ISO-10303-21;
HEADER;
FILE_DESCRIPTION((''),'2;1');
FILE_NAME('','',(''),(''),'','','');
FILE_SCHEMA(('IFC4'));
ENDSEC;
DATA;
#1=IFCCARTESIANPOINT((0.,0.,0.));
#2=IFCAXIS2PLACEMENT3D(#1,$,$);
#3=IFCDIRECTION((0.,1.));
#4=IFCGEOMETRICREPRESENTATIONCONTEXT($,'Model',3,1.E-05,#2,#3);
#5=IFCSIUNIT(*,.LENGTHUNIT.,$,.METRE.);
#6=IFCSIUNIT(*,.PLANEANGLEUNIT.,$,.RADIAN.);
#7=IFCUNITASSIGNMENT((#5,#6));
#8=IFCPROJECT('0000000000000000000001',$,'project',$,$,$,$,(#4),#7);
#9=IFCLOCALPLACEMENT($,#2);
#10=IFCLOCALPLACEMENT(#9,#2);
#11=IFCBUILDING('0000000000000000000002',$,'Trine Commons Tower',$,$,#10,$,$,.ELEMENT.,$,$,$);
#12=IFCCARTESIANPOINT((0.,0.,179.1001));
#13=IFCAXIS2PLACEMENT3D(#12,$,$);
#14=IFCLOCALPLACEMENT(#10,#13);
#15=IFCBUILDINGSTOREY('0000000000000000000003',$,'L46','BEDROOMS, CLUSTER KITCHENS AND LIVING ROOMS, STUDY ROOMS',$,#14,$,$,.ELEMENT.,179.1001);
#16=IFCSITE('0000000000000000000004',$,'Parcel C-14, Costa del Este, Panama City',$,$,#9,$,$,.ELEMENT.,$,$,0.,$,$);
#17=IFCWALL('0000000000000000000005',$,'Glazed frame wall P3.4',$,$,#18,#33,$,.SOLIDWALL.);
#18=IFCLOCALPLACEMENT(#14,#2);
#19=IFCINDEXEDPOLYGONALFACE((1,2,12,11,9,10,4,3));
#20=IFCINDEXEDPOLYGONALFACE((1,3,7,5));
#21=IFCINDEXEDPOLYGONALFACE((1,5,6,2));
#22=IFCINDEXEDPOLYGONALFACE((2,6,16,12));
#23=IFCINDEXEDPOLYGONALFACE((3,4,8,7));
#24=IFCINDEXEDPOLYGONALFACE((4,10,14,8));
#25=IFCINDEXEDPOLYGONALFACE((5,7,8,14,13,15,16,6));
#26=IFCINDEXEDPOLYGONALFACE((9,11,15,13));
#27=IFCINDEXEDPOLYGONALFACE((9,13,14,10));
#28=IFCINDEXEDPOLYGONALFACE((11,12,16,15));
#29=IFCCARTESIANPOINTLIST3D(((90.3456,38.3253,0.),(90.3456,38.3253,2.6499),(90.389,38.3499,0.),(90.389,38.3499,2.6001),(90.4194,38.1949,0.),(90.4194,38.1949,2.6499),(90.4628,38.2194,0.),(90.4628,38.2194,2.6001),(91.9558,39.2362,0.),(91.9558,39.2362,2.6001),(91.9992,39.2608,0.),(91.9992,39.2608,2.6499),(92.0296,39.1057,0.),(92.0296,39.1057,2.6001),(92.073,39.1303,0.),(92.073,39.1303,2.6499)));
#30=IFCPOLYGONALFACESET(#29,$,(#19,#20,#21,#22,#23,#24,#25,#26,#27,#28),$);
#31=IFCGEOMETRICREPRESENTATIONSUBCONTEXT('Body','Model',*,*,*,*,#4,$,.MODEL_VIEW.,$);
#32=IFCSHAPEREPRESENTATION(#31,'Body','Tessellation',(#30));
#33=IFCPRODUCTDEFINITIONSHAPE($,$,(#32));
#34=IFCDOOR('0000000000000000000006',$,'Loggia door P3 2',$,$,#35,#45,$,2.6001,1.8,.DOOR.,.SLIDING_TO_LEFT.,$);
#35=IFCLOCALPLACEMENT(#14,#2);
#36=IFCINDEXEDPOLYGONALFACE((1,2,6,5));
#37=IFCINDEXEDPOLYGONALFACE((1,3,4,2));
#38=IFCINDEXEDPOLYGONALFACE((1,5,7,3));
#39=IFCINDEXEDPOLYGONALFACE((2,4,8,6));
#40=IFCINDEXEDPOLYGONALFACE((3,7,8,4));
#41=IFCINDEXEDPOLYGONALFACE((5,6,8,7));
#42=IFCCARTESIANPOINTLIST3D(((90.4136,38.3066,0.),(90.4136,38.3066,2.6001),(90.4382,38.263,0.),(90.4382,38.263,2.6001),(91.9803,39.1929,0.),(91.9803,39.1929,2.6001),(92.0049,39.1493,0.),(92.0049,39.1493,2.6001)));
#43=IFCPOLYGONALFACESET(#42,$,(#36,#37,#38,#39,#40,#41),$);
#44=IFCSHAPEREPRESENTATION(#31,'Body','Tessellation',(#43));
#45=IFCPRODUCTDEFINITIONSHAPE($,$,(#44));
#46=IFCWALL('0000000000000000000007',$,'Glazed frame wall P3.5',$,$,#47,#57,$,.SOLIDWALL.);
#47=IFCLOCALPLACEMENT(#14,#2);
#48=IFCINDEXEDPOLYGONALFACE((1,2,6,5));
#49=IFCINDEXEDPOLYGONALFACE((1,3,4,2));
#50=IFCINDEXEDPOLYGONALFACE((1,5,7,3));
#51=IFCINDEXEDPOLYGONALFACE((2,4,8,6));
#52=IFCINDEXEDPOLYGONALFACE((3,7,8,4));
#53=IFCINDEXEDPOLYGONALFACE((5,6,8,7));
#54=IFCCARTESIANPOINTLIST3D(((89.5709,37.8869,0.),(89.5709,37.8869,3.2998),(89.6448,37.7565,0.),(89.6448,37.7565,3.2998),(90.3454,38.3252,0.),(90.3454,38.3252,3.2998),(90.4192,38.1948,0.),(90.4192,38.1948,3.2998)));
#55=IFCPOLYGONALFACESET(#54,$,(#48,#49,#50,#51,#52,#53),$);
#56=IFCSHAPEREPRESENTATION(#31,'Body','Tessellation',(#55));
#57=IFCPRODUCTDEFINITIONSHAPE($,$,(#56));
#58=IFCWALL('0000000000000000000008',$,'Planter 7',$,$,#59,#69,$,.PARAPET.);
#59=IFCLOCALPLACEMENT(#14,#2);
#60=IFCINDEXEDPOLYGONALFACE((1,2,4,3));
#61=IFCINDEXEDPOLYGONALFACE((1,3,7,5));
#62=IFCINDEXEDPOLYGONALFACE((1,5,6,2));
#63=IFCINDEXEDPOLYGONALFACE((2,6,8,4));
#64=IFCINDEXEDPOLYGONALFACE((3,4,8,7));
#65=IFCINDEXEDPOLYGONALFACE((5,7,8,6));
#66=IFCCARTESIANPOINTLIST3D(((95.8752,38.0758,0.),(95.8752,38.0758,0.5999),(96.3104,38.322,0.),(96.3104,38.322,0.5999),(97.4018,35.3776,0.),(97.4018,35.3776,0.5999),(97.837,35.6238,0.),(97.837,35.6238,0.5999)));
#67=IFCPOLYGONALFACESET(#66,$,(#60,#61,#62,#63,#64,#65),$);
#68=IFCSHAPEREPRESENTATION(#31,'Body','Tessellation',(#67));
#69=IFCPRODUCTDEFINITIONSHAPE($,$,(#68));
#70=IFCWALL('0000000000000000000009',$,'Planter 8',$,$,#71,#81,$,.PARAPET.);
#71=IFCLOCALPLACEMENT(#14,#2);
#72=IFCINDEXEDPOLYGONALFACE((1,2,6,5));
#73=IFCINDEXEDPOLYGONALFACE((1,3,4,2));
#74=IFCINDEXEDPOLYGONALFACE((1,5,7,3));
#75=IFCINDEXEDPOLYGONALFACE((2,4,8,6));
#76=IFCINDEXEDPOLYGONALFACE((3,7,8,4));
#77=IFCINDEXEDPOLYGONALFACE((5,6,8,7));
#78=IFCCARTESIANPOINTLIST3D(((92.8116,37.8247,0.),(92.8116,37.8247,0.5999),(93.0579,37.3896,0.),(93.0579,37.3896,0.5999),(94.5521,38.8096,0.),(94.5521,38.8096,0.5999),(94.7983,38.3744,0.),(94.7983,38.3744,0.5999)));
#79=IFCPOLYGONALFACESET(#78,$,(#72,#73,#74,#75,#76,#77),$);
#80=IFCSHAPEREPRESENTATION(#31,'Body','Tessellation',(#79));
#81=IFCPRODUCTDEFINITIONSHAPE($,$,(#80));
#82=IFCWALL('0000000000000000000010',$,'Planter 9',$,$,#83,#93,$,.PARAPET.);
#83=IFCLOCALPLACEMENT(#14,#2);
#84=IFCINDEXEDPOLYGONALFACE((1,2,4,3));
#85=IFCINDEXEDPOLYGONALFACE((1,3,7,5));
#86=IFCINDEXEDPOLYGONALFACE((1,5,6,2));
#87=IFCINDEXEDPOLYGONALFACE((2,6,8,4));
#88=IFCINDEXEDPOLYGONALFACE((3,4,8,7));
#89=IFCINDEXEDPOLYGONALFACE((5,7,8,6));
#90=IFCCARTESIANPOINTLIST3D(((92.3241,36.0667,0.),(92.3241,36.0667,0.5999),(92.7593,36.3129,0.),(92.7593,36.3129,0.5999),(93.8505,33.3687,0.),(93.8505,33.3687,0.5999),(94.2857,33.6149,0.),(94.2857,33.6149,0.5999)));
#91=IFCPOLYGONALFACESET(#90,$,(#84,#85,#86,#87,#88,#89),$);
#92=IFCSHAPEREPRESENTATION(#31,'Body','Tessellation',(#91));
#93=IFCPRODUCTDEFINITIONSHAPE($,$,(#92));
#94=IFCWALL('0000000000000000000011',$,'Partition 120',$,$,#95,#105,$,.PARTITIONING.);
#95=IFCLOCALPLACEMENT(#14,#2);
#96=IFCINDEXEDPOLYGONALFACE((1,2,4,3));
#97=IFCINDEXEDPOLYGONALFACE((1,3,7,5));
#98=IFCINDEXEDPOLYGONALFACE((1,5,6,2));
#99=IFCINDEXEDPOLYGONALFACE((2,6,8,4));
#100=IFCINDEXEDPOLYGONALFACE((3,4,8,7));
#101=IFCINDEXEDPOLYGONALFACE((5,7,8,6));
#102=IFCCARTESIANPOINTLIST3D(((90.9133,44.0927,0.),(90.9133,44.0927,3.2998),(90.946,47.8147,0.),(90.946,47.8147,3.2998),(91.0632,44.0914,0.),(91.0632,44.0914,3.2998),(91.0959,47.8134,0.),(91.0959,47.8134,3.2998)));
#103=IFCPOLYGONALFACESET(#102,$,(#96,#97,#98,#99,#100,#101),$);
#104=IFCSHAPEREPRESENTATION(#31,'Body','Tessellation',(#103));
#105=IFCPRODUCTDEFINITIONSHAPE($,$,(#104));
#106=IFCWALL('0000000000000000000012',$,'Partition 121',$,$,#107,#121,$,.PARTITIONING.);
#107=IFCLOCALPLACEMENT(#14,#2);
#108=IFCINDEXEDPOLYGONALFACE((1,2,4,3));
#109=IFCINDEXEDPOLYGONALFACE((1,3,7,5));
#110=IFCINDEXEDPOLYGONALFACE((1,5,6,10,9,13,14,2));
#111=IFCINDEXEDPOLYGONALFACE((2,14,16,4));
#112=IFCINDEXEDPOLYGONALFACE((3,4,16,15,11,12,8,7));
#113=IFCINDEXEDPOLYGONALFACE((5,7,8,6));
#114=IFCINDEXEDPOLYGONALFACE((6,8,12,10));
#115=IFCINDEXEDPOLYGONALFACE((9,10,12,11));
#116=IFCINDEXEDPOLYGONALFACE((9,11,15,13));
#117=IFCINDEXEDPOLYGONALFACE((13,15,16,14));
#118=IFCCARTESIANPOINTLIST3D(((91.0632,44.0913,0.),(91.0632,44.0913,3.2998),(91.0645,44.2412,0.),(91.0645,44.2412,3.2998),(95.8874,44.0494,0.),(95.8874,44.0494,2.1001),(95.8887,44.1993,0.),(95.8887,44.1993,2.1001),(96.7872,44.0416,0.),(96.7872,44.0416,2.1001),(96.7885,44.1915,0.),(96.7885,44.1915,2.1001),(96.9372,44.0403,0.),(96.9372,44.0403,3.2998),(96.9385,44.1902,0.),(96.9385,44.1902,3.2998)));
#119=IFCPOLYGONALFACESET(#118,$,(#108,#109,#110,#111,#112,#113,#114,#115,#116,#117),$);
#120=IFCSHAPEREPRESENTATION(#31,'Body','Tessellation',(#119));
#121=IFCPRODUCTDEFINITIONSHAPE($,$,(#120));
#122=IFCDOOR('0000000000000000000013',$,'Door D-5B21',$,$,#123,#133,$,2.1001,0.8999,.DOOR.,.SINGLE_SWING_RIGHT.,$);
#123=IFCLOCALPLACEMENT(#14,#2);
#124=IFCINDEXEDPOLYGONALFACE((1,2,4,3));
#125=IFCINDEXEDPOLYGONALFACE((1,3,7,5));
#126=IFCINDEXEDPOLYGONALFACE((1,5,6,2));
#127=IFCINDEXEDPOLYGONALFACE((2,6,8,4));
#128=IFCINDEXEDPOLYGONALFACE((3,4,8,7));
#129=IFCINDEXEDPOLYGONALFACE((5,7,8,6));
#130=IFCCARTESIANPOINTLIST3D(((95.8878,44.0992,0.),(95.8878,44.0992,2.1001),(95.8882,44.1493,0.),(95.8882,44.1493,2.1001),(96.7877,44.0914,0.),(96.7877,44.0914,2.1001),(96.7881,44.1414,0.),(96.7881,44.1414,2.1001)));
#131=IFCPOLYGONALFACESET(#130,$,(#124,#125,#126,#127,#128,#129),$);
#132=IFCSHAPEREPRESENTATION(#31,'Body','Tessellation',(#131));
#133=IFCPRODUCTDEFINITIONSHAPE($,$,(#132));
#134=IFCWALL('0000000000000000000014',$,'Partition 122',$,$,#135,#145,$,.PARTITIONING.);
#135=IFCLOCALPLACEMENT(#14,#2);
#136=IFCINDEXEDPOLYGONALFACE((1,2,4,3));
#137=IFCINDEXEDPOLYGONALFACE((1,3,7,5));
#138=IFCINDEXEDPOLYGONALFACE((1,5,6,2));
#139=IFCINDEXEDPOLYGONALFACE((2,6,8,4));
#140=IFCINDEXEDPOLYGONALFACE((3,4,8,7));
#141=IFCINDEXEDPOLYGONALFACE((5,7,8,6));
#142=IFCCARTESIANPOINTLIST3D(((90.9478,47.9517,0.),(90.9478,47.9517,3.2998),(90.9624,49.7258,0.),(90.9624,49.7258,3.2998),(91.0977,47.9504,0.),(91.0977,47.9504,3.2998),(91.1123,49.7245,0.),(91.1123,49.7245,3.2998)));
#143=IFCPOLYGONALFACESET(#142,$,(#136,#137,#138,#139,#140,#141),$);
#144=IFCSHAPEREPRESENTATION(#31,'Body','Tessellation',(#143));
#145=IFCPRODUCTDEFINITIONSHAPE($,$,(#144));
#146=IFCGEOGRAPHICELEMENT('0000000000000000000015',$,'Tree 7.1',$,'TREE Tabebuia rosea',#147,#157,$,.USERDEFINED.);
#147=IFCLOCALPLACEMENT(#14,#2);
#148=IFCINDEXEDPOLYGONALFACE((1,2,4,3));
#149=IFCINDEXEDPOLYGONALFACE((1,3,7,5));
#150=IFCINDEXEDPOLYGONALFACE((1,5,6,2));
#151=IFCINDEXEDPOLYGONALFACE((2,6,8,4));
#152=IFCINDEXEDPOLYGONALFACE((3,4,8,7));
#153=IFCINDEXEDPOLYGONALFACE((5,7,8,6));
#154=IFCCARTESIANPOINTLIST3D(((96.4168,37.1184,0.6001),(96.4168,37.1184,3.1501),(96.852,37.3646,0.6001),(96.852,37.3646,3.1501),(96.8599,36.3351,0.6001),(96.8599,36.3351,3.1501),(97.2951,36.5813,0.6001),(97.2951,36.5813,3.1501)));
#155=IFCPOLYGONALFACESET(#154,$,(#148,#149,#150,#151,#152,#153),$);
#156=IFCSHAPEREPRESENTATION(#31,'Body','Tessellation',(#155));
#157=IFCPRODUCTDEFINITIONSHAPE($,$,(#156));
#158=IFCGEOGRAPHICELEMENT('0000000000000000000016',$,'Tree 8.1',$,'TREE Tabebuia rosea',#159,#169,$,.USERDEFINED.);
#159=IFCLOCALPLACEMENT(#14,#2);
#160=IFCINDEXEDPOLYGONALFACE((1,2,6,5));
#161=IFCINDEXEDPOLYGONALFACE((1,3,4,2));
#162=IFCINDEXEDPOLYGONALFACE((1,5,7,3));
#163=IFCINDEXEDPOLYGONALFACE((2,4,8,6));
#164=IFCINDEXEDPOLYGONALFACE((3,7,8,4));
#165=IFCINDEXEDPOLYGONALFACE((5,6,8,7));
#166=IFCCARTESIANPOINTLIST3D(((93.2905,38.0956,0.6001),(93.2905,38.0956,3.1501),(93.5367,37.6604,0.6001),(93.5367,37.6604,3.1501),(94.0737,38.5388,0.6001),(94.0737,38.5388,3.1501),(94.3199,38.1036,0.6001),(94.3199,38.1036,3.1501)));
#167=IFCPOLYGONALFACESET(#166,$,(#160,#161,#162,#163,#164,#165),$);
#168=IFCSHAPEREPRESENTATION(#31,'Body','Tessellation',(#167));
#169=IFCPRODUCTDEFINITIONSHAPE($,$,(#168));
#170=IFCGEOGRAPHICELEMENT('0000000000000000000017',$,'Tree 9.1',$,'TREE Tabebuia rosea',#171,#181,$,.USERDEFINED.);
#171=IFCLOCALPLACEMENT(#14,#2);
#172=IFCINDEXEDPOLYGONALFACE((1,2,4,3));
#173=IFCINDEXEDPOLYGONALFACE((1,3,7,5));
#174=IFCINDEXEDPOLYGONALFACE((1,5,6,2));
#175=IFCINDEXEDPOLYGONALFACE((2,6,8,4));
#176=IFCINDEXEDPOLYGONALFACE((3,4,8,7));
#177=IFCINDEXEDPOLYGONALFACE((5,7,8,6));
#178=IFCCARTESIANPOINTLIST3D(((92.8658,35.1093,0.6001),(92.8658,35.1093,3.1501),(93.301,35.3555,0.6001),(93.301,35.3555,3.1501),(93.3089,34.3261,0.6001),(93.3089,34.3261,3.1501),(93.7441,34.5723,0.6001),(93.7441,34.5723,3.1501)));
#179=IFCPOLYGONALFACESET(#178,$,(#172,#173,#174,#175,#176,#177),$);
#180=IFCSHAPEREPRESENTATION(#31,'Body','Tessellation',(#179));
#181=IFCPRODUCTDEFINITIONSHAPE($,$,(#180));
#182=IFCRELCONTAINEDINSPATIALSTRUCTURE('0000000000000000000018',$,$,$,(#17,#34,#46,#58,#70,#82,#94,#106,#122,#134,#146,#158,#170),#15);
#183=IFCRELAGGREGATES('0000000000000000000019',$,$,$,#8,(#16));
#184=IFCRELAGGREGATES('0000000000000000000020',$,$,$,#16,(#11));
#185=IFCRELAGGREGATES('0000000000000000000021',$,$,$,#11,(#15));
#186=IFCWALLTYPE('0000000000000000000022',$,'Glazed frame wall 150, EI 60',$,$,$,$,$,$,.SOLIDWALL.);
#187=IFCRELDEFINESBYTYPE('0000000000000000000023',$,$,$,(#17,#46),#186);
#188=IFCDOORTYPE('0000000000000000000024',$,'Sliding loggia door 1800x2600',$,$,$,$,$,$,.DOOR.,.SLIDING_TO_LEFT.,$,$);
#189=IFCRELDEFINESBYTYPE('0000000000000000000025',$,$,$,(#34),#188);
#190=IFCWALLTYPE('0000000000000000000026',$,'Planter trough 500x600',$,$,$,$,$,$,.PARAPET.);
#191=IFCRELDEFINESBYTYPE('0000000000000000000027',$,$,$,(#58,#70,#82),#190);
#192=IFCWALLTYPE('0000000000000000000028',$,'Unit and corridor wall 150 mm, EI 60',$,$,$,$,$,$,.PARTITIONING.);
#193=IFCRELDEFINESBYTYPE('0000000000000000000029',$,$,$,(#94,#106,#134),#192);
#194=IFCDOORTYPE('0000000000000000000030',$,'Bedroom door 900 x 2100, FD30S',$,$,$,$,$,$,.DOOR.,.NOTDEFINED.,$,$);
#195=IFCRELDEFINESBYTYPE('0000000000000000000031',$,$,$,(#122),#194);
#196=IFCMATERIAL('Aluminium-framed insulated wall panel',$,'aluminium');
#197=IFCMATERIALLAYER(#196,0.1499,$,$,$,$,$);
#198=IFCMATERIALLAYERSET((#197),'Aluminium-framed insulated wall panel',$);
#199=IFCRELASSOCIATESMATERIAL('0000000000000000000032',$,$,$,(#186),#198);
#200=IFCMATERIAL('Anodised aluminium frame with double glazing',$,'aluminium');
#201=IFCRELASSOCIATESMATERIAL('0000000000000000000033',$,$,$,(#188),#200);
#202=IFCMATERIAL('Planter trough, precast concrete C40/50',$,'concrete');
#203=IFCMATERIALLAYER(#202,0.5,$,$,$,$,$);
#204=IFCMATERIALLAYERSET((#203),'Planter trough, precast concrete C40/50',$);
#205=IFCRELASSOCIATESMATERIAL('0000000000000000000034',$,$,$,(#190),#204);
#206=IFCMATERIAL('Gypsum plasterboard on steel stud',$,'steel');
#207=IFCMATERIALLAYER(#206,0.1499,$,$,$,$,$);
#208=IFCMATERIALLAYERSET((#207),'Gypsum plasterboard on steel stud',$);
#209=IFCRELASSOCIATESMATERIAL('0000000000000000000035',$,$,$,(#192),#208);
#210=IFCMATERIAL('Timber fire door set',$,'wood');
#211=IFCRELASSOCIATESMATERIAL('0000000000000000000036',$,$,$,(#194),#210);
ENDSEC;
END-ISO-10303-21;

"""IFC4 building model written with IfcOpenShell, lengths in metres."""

from ifc_helpers import new_model, si_unit, direction, frame, frame_2d, origin, origin_2d, place, context, subcontext, project, spatial, polyline, rectangle, outline, extrude, material, layer, layer_set, type_object, element, fill, save


model = new_model("IFC4")

# Units and contexts
model_context = context("Model", 3, precision=1e-05, world=origin(), true_north=direction((0.0, 1.0)))
body_context = subcontext(model_context, "Body", "Model", "MODEL_VIEW")
ifc_project = project(units=[si_unit("LENGTHUNIT", "METRE"), si_unit("PLANEANGLEUNIT", "RADIAN")], contexts=[model_context])

# Site, building, storey
site_placement = place(None, origin())
site = spatial("IfcSite", under=ifc_project, at=site_placement, Name="Parcel C-14, Costa del Este, Panama City", CompositionType="ELEMENT", RefElevation=0.0)
building_placement = place(site_placement, origin())
building = spatial("IfcBuilding", under=site, at=building_placement, Name="Trine Commons Tower", CompositionType="ELEMENT")
storey_placement = place(building_placement, frame((0.0, 0.0, 179.1001)))
storey = spatial("IfcBuildingStorey", under=building, at=storey_placement, Name="L46", Description="BEDROOMS, CLUSTER KITCHENS AND LIVING ROOMS, STUDY ROOMS", CompositionType="ELEMENT", Elevation=179.1001)

# Shared definitions
ifc_material_1 = material(Name="Aluminium-framed insulated wall panel", Category="aluminium")
ifc_layer_1 = layer(ifc_material_1, 0.1499)
ifc_layer_set_1 = layer_set([ifc_layer_1], Name="Aluminium-framed insulated wall panel")
wall_type_1 = type_object("IfcWallType", Name="Glazed frame wall 150, EI 60", PredefinedType="SOLIDWALL", material=ifc_layer_set_1)

# Shared definitions
ifc_material_2 = material(Name="Anodised aluminium frame with double glazing", Category="aluminium")
door_type_1 = type_object("IfcDoorType", Name="Sliding loggia door 1800x2600", OperationType="SLIDING_TO_LEFT", PredefinedType="DOOR", material=ifc_material_2)

# Wall, opening, door
wall_1_placement = place(storey_placement, frame((92.0361, 39.1956, 0.0), z_axis=(0.0, 0.0, 1.0), x_axis=(-0.870386, -0.492371, 0.0)))
wall_1 = element("IfcWall", 1, at=wall_1_placement, inside=storey, type_object=wall_type_1, Name="Glazed frame wall P3.4", PredefinedType="SOLIDWALL", context=body_context, shape_type="SweptSolid", body=[
    extrude(outline(polyline([(0.0, -0.075), (1.8999, -0.075), (1.8999, 0.075), (0.0, 0.075), (0.0, -0.075)])), origin(), (0.0, 0.0, 1.0), 2.6499),
])
opening_1_placement = place(wall_1_placement, frame((0.05, 0.0, 0.0)))
opening_1 = element("IfcOpeningElement", 2, at=opening_1_placement, cuts=wall_1, PredefinedType="OPENING", context=body_context, shape_type="SweptSolid", body=[
    extrude(rectangle(XDim=1.8, YDim=2.6001, at=frame_2d((0.8999, 1.3))), frame((0.0, 0.085, 0.0), z_axis=(0.0, -1.0, 0.0), x_axis=(1.0, 0.0, 0.0)), (0.0, 0.0, 1.0), 0.1699),
])
door_1_placement = place(opening_1_placement, origin())
door_1 = element("IfcDoor", 3, at=door_1_placement, inside=storey, type_object=door_type_1, Name="Loggia door P3 2", OperationType="SLIDING_TO_LEFT", OverallHeight=2.6001, OverallWidth=1.8, PredefinedType="DOOR", context=body_context, shape_type="SweptSolid", body=[
    extrude(rectangle(XDim=1.8, YDim=2.6001, at=frame_2d((0.8999, 1.3))), frame((0.0, 0.0249, 0.0), z_axis=(0.0, -1.0, 0.0), x_axis=(1.0, 0.0, 0.0)), (0.0, 0.0, 1.0), 0.05),
])
fill(opening_1, door_1)

# Walls
wall_2_placement = place(storey_placement, frame((90.3823, 38.26, 0.0), z_axis=(0.0, 0.0, 1.0), x_axis=(-0.870294, -0.492532, 0.0)))
element("IfcWall", 4, at=wall_2_placement, inside=storey, type_object=wall_type_1, Name="Glazed frame wall P3.5", PredefinedType="SOLIDWALL", context=body_context, shape_type="SweptSolid", body=[
    extrude(outline(polyline([(0.8899, 0.075), (0.0, 0.075), (0.0, -0.075), (0.8899, -0.075), (0.8899, 0.075)])), origin(), (0.0, 0.0, 1.0), 3.2998),
])
ifc_material_3 = material(Name="Planter trough, precast concrete C40/50", Category="concrete")
ifc_layer_2 = layer(ifc_material_3, 0.5)
ifc_layer_set_2 = layer_set([ifc_layer_2], Name="Planter trough, precast concrete C40/50")
wall_type_2 = type_object("IfcWallType", Name="Planter trough 500x600", PredefinedType="PARAPET", material=ifc_layer_set_2)
wall_3_placement = place(storey_placement, frame((97.6194, 35.5007, 0.0), z_axis=(0.0, 0.0, 1.0), x_axis=(-0.492428, 0.870353, 0.0)))
element("IfcWall", 5, at=wall_3_placement, inside=storey, type_object=wall_type_2, Name="Planter 7", PredefinedType="PARAPET", context=body_context, shape_type="SweptSolid", body=[
    extrude(rectangle(XDim=3.1001, YDim=0.5, at=frame_2d((1.55, 0.0))), origin(), (0.0, 0.0, 1.0), 0.5999),
])
wall_4_placement = place(storey_placement, frame((94.6753, 38.592, 0.0), z_axis=(0.0, 0.0, 1.0), x_axis=(-0.870324, -0.49248, 0.0)))
element("IfcWall", 6, at=wall_4_placement, inside=storey, type_object=wall_type_2, Name="Planter 8", PredefinedType="PARAPET", context=body_context, shape_type="SweptSolid", body=[
    extrude(rectangle(XDim=1.9998, YDim=0.5, at=frame_2d((1.0, 0.0))), origin(), (0.0, 0.0, 1.0), 0.5999),
])
wall_5_placement = place(storey_placement, frame((92.5417, 36.1897, 0.0), z_axis=(0.0, 0.0, 1.0), x_axis=(0.492402, -0.870368, 0.0)))
element("IfcWall", 7, at=wall_5_placement, inside=storey, type_object=wall_type_2, Name="Planter 9", PredefinedType="PARAPET", context=body_context, shape_type="SweptSolid", body=[
    extrude(rectangle(XDim=3.0999, YDim=0.5, at=frame_2d((1.5498, 0.0))), origin(), (0.0, 0.0, 1.0), 0.5999),
])
ifc_material_4 = material(Name="Gypsum plasterboard on steel stud", Category="steel")
ifc_layer_3 = layer(ifc_material_4, 0.1499)
ifc_layer_set_3 = layer_set([ifc_layer_3], Name="Gypsum plasterboard on steel stud")
wall_type_3 = type_object("IfcWallType", Name="Unit and corridor wall 150 mm, EI 60", PredefinedType="PARTITIONING", material=ifc_layer_set_3)
wall_6_placement = place(storey_placement, frame((90.9883, 44.092, 0.0), z_axis=(0.0, 0.0, 1.0), x_axis=(0.008789, 0.999961, 0.0)))
element("IfcWall", 8, at=wall_6_placement, inside=storey, type_object=wall_type_3, Name="Partition 120", PredefinedType="PARTITIONING", context=body_context, shape_type="SweptSolid", body=[
    extrude(rectangle(XDim=3.7222, YDim=0.1499, at=frame_2d((1.8611, 0.0))), origin(), (0.0, 0.0, 1.0), 3.2998),
])

# Wall, opening, door
wall_7_placement = place(storey_placement, frame((91.064, 44.1663, 0.0), z_axis=(0.0, 0.0, 1.0), x_axis=(0.999962, -0.008686, 0.0)))
wall_7 = element("IfcWall", 9, at=wall_7_placement, inside=storey, type_object=wall_type_3, Name="Partition 121", PredefinedType="PARTITIONING", context=body_context, shape_type="SweptSolid", body=[
    extrude(rectangle(XDim=5.8743, YDim=0.1499, at=frame_2d((2.937, 0.0))), origin(), (0.0, 0.0, 1.0), 3.2998),
])
opening_2_placement = place(wall_7_placement, frame((4.8242, 0.0, 0.0)))
opening_2 = element("IfcOpeningElement", 10, at=opening_2_placement, cuts=wall_7, PredefinedType="OPENING", context=body_context, shape_type="SweptSolid", body=[
    extrude(rectangle(XDim=0.8999, YDim=2.1001, at=frame_2d((0.45, 1.05))), frame((0.0, 0.085, 0.0), z_axis=(0.0, -1.0, 0.0), x_axis=(1.0, 0.0, 0.0)), (0.0, 0.0, 1.0), 0.1699),
])
ifc_material_5 = material(Name="Timber fire door set", Category="wood")
door_type_2 = type_object("IfcDoorType", Name="Bedroom door 900 x 2100, FD30S", OperationType="NOTDEFINED", PredefinedType="DOOR", material=ifc_material_5)
door_2_placement = place(opening_2_placement, origin())
door_2 = element("IfcDoor", 11, at=door_2_placement, inside=storey, type_object=door_type_2, Name="Door D-5B21", OperationType="SINGLE_SWING_RIGHT", OverallHeight=2.1001, OverallWidth=0.8999, PredefinedType="DOOR", context=body_context, shape_type="SweptSolid", body=[
    extrude(rectangle(XDim=0.8999, YDim=2.1001, at=frame_2d((0.45, 1.05))), frame((0.0, 0.0249, 0.0), z_axis=(0.0, -1.0, 0.0), x_axis=(1.0, 0.0, 0.0)), (0.0, 0.0, 1.0), 0.05),
])
fill(opening_2, door_2)

# Wall
wall_8_placement = place(storey_placement, frame((91.0227, 47.9509, 0.0), z_axis=(0.0, 0.0, 1.0), x_axis=(0.008256, 0.999966, 0.0)))
element("IfcWall", 12, at=wall_8_placement, inside=storey, type_object=wall_type_3, Name="Partition 122", PredefinedType="PARTITIONING", context=body_context, shape_type="SweptSolid", body=[
    extrude(rectangle(XDim=1.7742, YDim=0.1499, at=frame_2d((0.8872, 0.0))), origin(), (0.0, 0.0, 1.0), 3.2998),
])

# Geographic elements
for number, where, z_axis, x_axis, name in (
    (13, (96.856, 36.8499, 0.6001), (0.0, 0.0, 1.0), (-0.492421, 0.870357, 0.0), "Tree 7.1"),
    (14, (93.8052, 38.0996, 0.6001), (0.0, 0.0, 1.0), (-0.870333, -0.492463, 0.0), "Tree 8.1"),
    (15, (93.3049, 34.8408, 0.6001), (0.0, 0.0, 1.0), (0.492421, -0.870357, 0.0), "Tree 9.1"),
):
    element("IfcGeographicElement", number, at=place(storey_placement, frame(where, z_axis=z_axis, x_axis=x_axis)), inside=storey, Name=name, ObjectType="TREE Tabebuia rosea", PredefinedType="USERDEFINED", context=body_context, shape_type="SweptSolid", body=[
        extrude(rectangle(XDim=0.8999, YDim=0.5, at=origin_2d()), origin(), (0.0, 0.0, 1.0), 2.55),
    ])

save(model, "model.ifc")
